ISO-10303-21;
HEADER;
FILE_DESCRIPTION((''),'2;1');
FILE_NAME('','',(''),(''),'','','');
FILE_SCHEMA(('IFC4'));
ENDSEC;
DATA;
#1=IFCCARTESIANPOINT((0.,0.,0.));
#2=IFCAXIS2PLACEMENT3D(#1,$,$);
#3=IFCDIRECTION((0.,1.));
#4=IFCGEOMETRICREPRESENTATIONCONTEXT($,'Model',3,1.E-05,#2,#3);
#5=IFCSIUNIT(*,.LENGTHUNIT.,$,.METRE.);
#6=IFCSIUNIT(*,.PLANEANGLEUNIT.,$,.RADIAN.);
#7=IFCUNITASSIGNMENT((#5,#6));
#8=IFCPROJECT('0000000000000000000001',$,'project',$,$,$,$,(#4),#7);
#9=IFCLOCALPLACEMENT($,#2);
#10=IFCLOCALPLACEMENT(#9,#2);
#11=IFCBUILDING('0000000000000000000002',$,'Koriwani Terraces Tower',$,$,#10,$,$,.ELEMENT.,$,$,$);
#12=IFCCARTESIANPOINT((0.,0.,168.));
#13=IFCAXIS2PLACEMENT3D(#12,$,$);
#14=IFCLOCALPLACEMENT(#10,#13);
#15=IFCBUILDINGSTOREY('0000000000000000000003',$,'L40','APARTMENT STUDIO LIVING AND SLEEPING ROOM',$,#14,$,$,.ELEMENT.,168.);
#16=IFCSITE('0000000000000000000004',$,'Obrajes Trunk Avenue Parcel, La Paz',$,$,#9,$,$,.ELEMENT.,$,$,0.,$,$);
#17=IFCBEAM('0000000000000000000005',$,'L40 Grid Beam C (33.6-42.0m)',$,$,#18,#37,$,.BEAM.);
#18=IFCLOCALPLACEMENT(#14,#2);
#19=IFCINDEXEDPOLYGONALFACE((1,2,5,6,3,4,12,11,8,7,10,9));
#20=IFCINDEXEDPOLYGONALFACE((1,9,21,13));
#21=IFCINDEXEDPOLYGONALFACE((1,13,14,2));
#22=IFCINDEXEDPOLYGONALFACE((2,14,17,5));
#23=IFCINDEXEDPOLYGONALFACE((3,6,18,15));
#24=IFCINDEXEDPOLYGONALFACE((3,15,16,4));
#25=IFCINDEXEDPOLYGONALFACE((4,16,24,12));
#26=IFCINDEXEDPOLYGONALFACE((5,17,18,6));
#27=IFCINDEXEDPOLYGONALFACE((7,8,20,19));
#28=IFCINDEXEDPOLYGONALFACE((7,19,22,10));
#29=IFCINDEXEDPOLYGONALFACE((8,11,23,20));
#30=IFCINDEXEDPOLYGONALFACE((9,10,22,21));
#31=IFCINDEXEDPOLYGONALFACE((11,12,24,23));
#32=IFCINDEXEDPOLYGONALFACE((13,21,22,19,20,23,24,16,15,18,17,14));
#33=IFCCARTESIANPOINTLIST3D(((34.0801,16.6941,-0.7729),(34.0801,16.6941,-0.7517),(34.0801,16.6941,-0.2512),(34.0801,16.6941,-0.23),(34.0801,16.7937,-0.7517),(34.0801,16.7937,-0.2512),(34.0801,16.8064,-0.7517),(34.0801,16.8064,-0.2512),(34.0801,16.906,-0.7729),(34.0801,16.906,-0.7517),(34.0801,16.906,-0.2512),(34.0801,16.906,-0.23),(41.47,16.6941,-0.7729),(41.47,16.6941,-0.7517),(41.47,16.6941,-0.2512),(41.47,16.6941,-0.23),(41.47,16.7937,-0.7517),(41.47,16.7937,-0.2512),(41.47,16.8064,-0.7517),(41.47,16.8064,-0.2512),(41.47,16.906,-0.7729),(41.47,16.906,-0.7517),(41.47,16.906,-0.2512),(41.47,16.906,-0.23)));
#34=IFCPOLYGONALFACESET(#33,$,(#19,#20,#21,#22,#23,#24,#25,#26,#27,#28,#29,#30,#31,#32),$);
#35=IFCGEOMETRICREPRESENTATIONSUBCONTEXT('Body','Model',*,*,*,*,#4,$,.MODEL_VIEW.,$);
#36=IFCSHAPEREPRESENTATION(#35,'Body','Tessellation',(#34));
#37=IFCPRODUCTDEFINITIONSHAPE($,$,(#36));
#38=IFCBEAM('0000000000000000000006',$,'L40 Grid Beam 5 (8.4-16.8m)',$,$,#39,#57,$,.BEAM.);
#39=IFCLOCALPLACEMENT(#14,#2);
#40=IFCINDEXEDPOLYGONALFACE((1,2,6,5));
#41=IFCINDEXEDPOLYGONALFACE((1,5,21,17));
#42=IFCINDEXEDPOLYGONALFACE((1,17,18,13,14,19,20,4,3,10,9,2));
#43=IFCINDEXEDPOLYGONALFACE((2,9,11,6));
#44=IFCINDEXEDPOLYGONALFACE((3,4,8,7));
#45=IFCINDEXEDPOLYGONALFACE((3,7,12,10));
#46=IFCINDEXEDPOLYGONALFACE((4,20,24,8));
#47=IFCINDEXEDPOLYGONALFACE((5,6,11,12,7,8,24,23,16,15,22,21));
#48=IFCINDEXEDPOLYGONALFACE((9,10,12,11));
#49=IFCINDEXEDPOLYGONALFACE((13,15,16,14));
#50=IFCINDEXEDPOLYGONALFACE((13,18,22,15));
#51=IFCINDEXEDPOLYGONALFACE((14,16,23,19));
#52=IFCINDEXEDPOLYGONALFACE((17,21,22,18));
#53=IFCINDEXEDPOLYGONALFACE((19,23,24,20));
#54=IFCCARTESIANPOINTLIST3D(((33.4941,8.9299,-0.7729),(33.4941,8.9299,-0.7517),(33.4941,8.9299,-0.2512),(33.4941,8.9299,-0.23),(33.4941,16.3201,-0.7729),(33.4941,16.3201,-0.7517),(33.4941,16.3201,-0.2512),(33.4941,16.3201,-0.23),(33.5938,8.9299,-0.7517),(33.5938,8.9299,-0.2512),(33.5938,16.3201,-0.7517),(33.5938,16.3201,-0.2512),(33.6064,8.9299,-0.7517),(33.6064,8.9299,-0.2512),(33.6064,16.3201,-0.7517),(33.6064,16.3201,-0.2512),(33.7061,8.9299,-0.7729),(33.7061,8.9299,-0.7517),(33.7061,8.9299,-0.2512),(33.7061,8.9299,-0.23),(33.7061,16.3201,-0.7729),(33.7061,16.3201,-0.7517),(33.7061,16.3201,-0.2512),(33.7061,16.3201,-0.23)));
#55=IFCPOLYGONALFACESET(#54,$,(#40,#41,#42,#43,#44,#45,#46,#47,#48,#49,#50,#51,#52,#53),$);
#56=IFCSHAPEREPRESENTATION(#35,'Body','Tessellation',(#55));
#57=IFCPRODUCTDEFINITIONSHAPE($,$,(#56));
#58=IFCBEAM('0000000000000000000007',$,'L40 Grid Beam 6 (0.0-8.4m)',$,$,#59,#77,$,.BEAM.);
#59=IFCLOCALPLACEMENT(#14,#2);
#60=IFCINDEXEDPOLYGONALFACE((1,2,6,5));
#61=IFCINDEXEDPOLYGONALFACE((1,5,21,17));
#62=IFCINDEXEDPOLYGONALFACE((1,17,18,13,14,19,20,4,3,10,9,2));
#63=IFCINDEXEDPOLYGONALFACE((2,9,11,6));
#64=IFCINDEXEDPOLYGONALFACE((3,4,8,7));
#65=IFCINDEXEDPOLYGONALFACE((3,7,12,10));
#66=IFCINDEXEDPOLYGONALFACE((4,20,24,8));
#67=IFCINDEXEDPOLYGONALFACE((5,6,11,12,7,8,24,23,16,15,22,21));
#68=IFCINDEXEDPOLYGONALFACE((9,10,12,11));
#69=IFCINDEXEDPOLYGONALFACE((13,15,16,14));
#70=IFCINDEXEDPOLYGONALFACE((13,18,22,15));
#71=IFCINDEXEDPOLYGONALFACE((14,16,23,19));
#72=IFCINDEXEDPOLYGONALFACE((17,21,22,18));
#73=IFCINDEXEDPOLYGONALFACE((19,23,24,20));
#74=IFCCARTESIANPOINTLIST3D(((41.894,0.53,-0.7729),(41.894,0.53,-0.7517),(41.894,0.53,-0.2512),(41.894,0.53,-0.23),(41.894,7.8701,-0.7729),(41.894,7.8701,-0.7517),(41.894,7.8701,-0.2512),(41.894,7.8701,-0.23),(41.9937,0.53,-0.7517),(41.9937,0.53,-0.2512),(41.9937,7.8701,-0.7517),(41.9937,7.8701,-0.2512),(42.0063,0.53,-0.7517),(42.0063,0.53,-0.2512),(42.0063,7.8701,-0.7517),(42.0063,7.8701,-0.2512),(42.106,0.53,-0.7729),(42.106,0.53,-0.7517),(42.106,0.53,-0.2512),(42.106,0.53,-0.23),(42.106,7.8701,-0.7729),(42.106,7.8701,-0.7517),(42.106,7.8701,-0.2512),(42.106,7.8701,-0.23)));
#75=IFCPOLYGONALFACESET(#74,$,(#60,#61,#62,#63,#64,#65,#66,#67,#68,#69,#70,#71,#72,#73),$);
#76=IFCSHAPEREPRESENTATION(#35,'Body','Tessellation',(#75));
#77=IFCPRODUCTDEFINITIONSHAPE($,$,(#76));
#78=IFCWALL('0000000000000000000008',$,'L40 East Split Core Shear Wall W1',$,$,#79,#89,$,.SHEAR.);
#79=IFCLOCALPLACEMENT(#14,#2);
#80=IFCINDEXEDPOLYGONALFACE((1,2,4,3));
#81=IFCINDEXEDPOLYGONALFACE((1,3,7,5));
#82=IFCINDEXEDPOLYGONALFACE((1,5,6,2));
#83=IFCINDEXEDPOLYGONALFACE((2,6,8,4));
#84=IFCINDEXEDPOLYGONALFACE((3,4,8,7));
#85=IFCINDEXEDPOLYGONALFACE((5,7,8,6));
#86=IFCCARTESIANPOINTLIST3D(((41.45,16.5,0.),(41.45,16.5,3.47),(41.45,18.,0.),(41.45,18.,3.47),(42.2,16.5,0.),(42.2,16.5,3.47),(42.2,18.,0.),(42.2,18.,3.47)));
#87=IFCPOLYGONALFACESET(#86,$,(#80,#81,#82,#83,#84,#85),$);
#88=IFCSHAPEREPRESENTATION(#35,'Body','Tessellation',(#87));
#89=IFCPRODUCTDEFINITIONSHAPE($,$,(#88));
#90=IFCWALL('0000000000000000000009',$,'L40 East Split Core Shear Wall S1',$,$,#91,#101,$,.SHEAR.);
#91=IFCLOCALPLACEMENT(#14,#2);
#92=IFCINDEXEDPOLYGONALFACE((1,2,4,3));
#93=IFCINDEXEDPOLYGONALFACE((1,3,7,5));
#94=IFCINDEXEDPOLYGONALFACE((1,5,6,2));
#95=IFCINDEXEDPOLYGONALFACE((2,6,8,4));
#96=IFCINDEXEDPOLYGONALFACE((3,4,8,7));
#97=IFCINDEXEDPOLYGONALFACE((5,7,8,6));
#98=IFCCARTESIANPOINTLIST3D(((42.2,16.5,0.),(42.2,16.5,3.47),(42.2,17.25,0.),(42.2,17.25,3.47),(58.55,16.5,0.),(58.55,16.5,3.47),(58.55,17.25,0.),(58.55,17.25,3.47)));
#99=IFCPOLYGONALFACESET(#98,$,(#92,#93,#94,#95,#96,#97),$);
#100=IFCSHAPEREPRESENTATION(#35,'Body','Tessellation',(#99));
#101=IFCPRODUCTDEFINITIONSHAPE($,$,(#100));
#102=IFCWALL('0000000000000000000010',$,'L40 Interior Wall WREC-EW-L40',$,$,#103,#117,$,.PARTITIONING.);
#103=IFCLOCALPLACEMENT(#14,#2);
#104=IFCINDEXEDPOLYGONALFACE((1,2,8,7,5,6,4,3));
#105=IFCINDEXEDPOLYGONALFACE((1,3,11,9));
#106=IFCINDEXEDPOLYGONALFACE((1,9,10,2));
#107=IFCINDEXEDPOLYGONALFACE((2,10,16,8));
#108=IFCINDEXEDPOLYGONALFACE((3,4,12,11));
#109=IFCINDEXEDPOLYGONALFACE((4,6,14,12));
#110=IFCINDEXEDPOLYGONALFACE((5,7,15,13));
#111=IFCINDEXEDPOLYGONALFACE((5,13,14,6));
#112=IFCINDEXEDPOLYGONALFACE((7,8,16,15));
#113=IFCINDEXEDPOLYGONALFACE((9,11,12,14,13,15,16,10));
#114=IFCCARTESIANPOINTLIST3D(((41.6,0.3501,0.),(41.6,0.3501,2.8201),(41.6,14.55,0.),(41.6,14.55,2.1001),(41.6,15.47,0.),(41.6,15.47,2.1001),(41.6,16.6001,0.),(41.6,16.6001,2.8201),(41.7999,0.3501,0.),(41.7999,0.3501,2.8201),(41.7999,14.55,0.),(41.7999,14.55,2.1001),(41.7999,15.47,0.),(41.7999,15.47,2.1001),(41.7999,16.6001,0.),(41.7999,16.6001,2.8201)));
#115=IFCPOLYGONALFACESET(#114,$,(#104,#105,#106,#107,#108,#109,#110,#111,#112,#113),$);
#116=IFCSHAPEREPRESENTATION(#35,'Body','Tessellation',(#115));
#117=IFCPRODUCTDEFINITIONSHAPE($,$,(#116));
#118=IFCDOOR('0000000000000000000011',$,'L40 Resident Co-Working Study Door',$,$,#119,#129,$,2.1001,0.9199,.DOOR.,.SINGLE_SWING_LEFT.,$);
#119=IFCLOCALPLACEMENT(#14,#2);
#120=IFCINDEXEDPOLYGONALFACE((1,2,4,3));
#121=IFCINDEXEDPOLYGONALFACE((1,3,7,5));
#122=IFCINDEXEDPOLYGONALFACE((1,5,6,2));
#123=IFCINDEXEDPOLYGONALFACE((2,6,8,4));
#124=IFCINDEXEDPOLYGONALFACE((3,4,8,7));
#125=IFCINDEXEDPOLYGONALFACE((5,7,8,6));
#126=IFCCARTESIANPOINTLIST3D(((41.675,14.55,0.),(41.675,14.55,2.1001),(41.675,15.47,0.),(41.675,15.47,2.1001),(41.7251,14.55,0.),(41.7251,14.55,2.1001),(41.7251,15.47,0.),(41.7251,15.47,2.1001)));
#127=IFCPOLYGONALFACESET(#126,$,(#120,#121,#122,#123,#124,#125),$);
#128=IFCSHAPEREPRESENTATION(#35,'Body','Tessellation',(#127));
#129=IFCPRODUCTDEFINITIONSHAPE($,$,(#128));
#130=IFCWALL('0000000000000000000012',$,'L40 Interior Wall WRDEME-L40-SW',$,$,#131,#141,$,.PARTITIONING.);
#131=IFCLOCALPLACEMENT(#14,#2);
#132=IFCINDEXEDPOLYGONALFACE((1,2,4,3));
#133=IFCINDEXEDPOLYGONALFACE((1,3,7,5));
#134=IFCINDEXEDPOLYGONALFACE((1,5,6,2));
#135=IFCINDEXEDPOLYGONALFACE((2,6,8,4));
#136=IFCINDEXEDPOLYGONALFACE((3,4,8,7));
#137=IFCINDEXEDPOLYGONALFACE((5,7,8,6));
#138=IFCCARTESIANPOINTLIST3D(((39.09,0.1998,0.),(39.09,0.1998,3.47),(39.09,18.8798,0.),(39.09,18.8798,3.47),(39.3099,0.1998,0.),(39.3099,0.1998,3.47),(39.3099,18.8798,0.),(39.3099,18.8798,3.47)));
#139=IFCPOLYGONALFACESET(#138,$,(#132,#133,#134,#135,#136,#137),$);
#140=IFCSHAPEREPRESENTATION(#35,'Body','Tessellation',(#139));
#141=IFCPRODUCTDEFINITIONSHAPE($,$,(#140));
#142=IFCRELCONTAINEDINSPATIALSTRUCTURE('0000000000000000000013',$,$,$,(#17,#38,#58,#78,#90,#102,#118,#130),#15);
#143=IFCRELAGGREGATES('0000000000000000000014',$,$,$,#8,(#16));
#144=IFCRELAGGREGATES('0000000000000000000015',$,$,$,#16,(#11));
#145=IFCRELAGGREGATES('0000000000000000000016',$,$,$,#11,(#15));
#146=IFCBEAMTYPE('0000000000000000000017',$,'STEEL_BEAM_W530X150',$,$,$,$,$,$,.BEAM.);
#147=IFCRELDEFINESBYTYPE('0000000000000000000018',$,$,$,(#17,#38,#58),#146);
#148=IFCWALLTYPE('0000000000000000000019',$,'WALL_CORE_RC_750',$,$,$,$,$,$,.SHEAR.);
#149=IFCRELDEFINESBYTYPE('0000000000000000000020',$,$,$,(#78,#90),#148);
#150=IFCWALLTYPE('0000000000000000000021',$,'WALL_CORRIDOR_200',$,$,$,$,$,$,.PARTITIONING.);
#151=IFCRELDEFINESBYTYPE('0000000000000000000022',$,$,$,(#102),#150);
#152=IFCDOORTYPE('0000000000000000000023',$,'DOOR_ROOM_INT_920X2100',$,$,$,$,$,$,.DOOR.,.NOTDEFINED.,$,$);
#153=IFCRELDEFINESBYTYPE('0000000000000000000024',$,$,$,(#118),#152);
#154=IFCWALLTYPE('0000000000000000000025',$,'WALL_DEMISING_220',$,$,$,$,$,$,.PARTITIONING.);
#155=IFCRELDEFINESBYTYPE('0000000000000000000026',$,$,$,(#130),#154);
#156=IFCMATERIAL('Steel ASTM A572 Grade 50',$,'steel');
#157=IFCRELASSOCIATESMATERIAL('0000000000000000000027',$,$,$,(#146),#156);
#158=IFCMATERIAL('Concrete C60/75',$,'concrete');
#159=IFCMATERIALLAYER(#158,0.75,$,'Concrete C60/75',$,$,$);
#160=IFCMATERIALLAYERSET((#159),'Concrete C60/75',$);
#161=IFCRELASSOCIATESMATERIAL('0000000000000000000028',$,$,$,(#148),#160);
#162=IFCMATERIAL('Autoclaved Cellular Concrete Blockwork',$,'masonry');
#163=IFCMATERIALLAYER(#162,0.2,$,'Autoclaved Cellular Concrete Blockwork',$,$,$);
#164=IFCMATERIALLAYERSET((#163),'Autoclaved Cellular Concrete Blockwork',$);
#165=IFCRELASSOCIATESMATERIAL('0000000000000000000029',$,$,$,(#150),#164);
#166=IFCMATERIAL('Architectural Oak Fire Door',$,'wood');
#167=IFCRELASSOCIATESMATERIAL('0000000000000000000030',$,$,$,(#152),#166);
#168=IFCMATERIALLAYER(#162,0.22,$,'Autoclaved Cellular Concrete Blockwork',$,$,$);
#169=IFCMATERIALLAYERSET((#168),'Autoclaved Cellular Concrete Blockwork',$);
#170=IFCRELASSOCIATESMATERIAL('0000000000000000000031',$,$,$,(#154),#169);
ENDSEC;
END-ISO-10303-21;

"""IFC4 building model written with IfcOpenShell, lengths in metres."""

from ifc_helpers import new_model, si_unit, direction, frame, frame_2d, origin, origin_2d, place, context, subcontext, project, spatial, rectangle, i_section, extrude, material, layer, layer_set, material_profile, profile_set, type_object, element, fill, save


model = new_model("IFC4")

# Units and contexts
model_context = context("Model", 3, precision=1e-05, world=origin(), true_north=direction((0.0, 1.0)))
body_context = subcontext(model_context, "Body", "Model", "MODEL_VIEW")
ifc_project = project(units=[si_unit("LENGTHUNIT", "METRE"), si_unit("PLANEANGLEUNIT", "RADIAN")], contexts=[model_context])

# Site, building, storey
site_placement = place(None, origin())
site = spatial("IfcSite", under=ifc_project, at=site_placement, Name="Obrajes Trunk Avenue Parcel, La Paz", CompositionType="ELEMENT", RefElevation=0.0)
building_placement = place(site_placement, origin())
building = spatial("IfcBuilding", under=site, at=building_placement, Name="Koriwani Terraces Tower", CompositionType="ELEMENT")
storey_placement = place(building_placement, frame((0.0, 0.0, 168.0)))
storey = spatial("IfcBuildingStorey", under=building, at=storey_placement, Name="L40", Description="APARTMENT STUDIO LIVING AND SLEEPING ROOM", CompositionType="ELEMENT", Elevation=168.0)

# Beams
ifc_material_1 = material(Name="Concrete C60/75", Category="concrete")
ifc_material_2 = material(Name="Steel ASTM A572 Grade 50", Category="steel")
ifc_material_profile_1 = material_profile(ifc_material_2, i_section(OverallWidth=0.2119, OverallDepth=0.543, WebThickness=0.0127, FlangeThickness=0.0212, at=origin_2d()), Name="Steel ASTM A572 Grade 50", Category="LoadBearing")
ifc_profile_set_1 = profile_set([ifc_material_profile_1], Name="Steel ASTM A572 Grade 50")
beam_type_1 = type_object("IfcBeamType", Name="STEEL_BEAM_W530X150", PredefinedType="BEAM", material=ifc_profile_set_1)
beam_1_placement = place(storey_placement, frame((34.0801, 16.8, -0.5015), z_axis=(1.0, 0.0, 0.0), x_axis=(0.0, 1.0, 0.0)))
element("IfcBeam", 1, at=beam_1_placement, inside=storey, type_object=beam_type_1, Name="L40 Grid Beam C (33.6-42.0m)", PredefinedType="BEAM", context=body_context, shape_type="SweptSolid", body=[
    extrude(i_section(OverallWidth=0.2119, OverallDepth=0.543, WebThickness=0.0127, FlangeThickness=0.0212, at=origin_2d()), origin(), (0.0, 0.0, 1.0), 7.3899),
])
beam_2_placement = place(storey_placement, frame((33.6001, 8.9299, -0.5015), z_axis=(0.0, 1.0, 0.0), x_axis=(-1.0, 0.0, 0.0)))
element("IfcBeam", 2, at=beam_2_placement, inside=storey, type_object=beam_type_1, Name="L40 Grid Beam 5 (8.4-16.8m)", PredefinedType="BEAM", context=body_context, shape_type="SweptSolid", body=[
    extrude(i_section(OverallWidth=0.2119, OverallDepth=0.543, WebThickness=0.0127, FlangeThickness=0.0212, at=origin_2d()), origin(), (0.0, 0.0, 1.0), 7.3901),
])
beam_3_placement = place(storey_placement, frame((42.0, 0.53, -0.5015), z_axis=(0.0, 1.0, 0.0), x_axis=(-1.0, 0.0, 0.0)))
element("IfcBeam", 3, at=beam_3_placement, inside=storey, type_object=beam_type_1, Name="L40 Grid Beam 6 (0.0-8.4m)", PredefinedType="BEAM", context=body_context, shape_type="SweptSolid", body=[
    extrude(i_section(OverallWidth=0.2119, OverallDepth=0.543, WebThickness=0.0127, FlangeThickness=0.0212, at=origin_2d()), origin(), (0.0, 0.0, 1.0), 7.3401),
])

# Walls
ifc_layer_1 = layer(ifc_material_1, 0.75, Name="Concrete C60/75")
ifc_layer_set_1 = layer_set([ifc_layer_1], Name="Concrete C60/75")
wall_type_1 = type_object("IfcWallType", Name="WALL_CORE_RC_750", PredefinedType="SHEAR", material=ifc_layer_set_1)
wall_1_placement = place(storey_placement, frame((41.825, 16.5, 0.0), z_axis=(0.0, 0.0, 1.0), x_axis=(0.0, 1.0, 0.0)))
element("IfcWall", 4, at=wall_1_placement, inside=storey, type_object=wall_type_1, Name="L40 East Split Core Shear Wall W1", PredefinedType="SHEAR", context=body_context, shape_type="SweptSolid", body=[
    extrude(rectangle(XDim=1.5, YDim=0.75, at=frame_2d((0.75, 0.0))), origin(), (0.0, 0.0, 1.0), 3.47),
])
wall_2_placement = place(storey_placement, frame((42.2, 16.875, 0.0), z_axis=(0.0, 0.0, 1.0), x_axis=(1.0, 0.0, 0.0)))
element("IfcWall", 5, at=wall_2_placement, inside=storey, type_object=wall_type_1, Name="L40 East Split Core Shear Wall S1", PredefinedType="SHEAR", context=body_context, shape_type="SweptSolid", body=[
    extrude(rectangle(XDim=16.3501, YDim=0.75, at=frame_2d((8.175, 0.0))), origin(), (0.0, 0.0, 1.0), 3.47),
])

# Wall, opening, door
ifc_material_3 = material(Name="Autoclaved Cellular Concrete Blockwork", Category="masonry")
ifc_layer_2 = layer(ifc_material_3, 0.2, Name="Autoclaved Cellular Concrete Blockwork")
ifc_layer_set_2 = layer_set([ifc_layer_2], Name="Autoclaved Cellular Concrete Blockwork")
wall_type_2 = type_object("IfcWallType", Name="WALL_CORRIDOR_200", PredefinedType="PARTITIONING", material=ifc_layer_set_2)
wall_3_placement = place(storey_placement, frame((41.7, 0.3501, 0.0), z_axis=(0.0, 0.0, 1.0), x_axis=(0.0, 1.0, 0.0)))
wall_3 = element("IfcWall", 6, at=wall_3_placement, inside=storey, type_object=wall_type_2, Name="L40 Interior Wall WREC-EW-L40", PredefinedType="PARTITIONING", context=body_context, shape_type="SweptSolid", body=[
    extrude(rectangle(XDim=16.25, YDim=0.2, at=frame_2d((8.125, 0.0))), origin(), (0.0, 0.0, 1.0), 2.8201),
])
opening_1_placement = place(wall_3_placement, frame((14.2, 0.0, 0.0)))
opening_1 = element("IfcOpeningElement", 7, at=opening_1_placement, cuts=wall_3, PredefinedType="OPENING", context=body_context, shape_type="SweptSolid", body=[
    extrude(rectangle(XDim=0.9199, YDim=2.1001, at=frame_2d((0.46, 1.05))), frame((0.0, 0.1099, 0.0), z_axis=(0.0, -1.0, 0.0), x_axis=(1.0, 0.0, 0.0)), (0.0, 0.0, 1.0), 0.22),
])
ifc_material_4 = material(Name="Architectural Oak Fire Door", Category="wood")
door_type_1 = type_object("IfcDoorType", Name="DOOR_ROOM_INT_920X2100", OperationType="NOTDEFINED", PredefinedType="DOOR", material=ifc_material_4)
door_1_placement = place(opening_1_placement, origin())
door_1 = element("IfcDoor", 8, at=door_1_placement, inside=storey, type_object=door_type_1, Name="L40 Resident Co-Working Study Door", OperationType="SINGLE_SWING_LEFT", OverallHeight=2.1001, OverallWidth=0.9199, PredefinedType="DOOR", context=body_context, shape_type="SweptSolid", body=[
    extrude(rectangle(XDim=0.9199, YDim=2.1001, at=frame_2d((0.46, 1.05))), frame((0.0, 0.0249, 0.0), z_axis=(0.0, -1.0, 0.0), x_axis=(1.0, 0.0, 0.0)), (0.0, 0.0, 1.0), 0.05),
])
fill(opening_1, door_1)

# Wall
ifc_layer_3 = layer(ifc_material_3, 0.22, Name="Autoclaved Cellular Concrete Blockwork")
ifc_layer_set_3 = layer_set([ifc_layer_3], Name="Autoclaved Cellular Concrete Blockwork")
wall_type_3 = type_object("IfcWallType", Name="WALL_DEMISING_220", PredefinedType="PARTITIONING", material=ifc_layer_set_3)
wall_4_placement = place(storey_placement, frame((39.2, 0.2, 0.0), z_axis=(0.0, 0.0, 1.0), x_axis=(0.0, 1.0, 0.0)))
element("IfcWall", 9, at=wall_4_placement, inside=storey, type_object=wall_type_3, Name="L40 Interior Wall WRDEME-L40-SW", PredefinedType="PARTITIONING", context=body_context, shape_type="SweptSolid", body=[
    extrude(rectangle(XDim=18.6799, YDim=0.22, at=frame_2d((9.3398, 0.0))), origin(), (0.0, 0.0, 1.0), 3.47),
])

save(model, "model.ifc")
